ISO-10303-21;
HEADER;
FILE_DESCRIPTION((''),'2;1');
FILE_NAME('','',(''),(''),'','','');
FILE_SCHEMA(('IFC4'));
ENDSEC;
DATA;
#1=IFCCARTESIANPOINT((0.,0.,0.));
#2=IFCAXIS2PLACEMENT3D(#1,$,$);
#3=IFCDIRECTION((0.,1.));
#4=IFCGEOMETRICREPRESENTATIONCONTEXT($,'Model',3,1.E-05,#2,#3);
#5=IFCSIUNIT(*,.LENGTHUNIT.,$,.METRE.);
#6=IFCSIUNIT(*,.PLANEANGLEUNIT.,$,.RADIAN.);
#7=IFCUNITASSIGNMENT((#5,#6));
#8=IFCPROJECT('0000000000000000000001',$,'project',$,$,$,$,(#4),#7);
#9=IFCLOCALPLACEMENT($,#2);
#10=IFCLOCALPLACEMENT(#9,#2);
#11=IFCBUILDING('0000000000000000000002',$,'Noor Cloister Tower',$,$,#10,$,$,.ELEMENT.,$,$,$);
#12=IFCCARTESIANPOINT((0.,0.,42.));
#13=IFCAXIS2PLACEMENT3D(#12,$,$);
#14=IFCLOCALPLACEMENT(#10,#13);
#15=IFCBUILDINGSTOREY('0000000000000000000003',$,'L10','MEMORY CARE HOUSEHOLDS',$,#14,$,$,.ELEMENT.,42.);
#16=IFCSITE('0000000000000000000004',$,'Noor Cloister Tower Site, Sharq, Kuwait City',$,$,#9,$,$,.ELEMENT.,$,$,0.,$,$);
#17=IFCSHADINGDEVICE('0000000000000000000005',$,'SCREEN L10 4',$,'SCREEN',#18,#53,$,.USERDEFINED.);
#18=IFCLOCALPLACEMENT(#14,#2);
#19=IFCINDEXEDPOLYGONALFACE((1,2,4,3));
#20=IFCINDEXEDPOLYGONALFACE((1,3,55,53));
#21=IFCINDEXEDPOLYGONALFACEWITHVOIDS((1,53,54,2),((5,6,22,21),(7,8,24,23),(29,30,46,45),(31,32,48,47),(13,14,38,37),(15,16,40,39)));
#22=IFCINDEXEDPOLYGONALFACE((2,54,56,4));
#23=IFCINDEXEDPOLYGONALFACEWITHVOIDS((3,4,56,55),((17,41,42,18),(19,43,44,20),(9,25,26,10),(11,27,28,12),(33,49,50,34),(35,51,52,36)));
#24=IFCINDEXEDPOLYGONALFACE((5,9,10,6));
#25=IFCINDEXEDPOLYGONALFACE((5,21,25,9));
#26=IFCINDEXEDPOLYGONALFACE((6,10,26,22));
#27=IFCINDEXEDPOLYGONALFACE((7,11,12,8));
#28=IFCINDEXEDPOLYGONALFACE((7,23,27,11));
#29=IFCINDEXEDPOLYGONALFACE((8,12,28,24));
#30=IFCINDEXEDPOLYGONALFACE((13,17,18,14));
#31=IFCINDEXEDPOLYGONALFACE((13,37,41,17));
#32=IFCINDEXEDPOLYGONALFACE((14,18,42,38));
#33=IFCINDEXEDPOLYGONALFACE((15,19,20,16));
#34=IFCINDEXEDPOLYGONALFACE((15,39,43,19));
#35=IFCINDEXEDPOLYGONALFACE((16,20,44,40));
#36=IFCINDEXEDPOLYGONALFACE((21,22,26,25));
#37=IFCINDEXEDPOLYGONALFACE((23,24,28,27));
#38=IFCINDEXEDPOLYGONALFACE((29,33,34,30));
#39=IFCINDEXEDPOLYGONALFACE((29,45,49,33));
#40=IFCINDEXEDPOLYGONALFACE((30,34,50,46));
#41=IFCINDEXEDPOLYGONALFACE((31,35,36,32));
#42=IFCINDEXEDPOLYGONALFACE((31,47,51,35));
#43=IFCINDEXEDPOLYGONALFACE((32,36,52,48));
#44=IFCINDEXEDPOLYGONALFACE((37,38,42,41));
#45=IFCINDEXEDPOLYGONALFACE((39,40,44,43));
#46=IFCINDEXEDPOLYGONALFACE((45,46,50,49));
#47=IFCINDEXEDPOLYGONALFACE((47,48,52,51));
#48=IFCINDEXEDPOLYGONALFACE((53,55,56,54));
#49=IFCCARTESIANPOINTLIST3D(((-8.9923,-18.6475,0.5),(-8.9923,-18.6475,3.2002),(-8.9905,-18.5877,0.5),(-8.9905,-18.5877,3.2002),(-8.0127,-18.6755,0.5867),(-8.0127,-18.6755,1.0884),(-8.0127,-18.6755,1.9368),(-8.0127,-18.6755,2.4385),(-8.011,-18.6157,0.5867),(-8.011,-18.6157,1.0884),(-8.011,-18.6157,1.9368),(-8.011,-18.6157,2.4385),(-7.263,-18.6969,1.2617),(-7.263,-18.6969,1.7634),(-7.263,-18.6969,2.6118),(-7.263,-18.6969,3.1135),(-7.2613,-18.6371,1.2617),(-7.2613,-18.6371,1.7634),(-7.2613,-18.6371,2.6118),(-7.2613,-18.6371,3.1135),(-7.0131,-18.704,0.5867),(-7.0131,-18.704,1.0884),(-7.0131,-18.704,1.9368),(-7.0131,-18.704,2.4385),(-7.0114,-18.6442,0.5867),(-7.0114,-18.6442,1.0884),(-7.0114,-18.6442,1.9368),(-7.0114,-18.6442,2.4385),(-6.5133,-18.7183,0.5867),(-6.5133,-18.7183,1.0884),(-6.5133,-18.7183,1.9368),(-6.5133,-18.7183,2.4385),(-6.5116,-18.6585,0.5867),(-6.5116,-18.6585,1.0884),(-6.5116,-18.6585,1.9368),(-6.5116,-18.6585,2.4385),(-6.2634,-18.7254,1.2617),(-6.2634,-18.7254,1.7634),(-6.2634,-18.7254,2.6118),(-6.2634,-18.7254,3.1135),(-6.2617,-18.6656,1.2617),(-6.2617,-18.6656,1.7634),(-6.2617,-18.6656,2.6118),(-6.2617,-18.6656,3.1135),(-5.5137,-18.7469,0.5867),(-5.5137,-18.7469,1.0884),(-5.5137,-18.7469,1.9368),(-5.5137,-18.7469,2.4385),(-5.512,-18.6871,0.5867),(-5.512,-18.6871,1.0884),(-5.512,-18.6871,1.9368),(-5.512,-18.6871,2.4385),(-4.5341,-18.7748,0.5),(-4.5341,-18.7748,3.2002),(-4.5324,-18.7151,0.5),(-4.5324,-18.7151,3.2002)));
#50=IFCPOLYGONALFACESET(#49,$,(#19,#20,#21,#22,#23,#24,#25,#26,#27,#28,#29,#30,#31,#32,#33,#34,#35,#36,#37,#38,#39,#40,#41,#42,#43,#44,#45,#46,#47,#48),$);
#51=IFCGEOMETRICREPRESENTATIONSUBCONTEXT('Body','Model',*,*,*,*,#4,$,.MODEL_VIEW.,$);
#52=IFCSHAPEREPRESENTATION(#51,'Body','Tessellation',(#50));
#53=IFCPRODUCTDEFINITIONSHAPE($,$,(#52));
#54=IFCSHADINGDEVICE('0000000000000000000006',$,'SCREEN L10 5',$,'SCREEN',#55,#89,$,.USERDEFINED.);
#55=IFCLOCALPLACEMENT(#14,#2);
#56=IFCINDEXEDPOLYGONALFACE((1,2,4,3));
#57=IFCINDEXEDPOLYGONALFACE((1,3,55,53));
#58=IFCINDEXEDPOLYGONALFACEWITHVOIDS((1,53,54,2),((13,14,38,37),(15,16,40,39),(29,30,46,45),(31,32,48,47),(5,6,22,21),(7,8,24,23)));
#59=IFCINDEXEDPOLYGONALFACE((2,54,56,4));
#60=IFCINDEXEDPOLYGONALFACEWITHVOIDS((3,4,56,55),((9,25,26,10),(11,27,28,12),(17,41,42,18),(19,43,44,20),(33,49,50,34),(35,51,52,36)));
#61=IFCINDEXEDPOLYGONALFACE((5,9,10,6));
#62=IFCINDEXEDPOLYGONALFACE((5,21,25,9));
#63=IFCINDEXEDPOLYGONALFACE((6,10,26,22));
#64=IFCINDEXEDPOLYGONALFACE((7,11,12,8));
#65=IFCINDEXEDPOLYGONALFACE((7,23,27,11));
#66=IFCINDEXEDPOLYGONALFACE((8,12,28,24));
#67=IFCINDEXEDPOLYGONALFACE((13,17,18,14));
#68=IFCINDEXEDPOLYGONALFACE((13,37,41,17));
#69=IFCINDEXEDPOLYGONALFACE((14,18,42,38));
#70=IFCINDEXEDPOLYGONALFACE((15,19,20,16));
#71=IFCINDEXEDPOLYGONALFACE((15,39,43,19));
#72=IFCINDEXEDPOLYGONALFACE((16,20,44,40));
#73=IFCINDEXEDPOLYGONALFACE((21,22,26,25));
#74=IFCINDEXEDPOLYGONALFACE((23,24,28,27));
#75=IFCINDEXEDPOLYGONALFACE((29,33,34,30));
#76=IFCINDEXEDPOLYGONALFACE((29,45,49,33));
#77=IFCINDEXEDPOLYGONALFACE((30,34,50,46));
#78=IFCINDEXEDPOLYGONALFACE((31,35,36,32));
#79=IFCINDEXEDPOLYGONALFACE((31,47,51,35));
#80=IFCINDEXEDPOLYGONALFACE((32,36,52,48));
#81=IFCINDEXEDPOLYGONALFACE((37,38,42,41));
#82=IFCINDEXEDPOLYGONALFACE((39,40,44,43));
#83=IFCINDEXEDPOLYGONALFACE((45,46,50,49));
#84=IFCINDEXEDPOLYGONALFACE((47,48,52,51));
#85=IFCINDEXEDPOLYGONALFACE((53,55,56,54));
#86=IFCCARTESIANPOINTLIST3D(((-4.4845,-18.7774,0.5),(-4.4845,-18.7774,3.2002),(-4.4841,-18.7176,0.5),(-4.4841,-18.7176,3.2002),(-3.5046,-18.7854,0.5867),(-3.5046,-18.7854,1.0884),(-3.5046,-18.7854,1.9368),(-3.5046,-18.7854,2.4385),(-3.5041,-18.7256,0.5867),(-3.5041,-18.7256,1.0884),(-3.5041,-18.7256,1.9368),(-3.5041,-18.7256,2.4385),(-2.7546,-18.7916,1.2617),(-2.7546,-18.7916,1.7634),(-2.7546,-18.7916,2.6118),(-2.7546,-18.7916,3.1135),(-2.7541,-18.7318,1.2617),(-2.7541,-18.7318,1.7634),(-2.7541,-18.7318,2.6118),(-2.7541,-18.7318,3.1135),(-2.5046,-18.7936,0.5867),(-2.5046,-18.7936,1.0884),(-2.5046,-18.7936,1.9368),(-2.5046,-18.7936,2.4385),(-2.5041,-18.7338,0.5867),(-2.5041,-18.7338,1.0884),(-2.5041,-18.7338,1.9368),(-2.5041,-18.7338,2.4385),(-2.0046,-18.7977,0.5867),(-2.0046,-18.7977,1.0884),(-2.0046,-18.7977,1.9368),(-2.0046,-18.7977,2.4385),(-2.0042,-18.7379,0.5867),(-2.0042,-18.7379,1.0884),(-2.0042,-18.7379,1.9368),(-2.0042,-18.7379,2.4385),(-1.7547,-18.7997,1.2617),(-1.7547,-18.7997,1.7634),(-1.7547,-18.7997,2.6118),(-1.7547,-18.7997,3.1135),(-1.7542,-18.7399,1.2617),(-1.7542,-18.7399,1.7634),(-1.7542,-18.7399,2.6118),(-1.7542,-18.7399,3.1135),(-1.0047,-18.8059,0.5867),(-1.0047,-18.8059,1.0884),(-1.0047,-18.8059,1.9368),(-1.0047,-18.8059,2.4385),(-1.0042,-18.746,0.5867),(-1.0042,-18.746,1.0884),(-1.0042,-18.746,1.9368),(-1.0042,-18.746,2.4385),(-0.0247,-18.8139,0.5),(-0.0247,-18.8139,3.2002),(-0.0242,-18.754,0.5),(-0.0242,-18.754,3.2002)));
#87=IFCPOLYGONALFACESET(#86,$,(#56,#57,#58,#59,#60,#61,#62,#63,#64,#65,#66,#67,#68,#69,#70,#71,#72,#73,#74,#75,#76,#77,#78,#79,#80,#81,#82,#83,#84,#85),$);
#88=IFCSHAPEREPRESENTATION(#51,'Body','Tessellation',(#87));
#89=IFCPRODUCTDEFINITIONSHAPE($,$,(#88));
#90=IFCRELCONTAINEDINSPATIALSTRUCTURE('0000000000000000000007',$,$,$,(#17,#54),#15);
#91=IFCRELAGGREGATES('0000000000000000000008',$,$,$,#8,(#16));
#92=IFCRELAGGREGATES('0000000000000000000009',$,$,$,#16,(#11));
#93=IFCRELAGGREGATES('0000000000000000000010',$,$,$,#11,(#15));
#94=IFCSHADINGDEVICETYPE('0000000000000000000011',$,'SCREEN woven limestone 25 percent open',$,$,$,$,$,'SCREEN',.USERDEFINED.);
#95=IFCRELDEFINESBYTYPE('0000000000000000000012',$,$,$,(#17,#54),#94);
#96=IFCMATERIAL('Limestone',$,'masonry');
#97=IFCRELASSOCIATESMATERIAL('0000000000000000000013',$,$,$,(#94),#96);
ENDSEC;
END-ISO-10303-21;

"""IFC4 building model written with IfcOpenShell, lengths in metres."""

from ifc_helpers import new_model, si_unit, direction, frame, origin, place, context, subcontext, project, spatial, polyline, outline, extrude, material, material_profile, profile_set, type_object, element, save


model = new_model("IFC4")

# Units and contexts
model_context = context("Model", 3, precision=1e-05, world=origin(), true_north=direction((0.0, 1.0)))
body_context = subcontext(model_context, "Body", "Model", "MODEL_VIEW")
ifc_project = project(units=[si_unit("LENGTHUNIT", "METRE"), si_unit("PLANEANGLEUNIT", "RADIAN")], contexts=[model_context])

# Site, building, storey
site_placement = place(None, origin())
site = spatial("IfcSite", under=ifc_project, at=site_placement, Name="Noor Cloister Tower Site, Sharq, Kuwait City", CompositionType="ELEMENT", RefElevation=0.0)
building_placement = place(site_placement, origin())
building = spatial("IfcBuilding", under=site, at=building_placement, Name="Noor Cloister Tower", CompositionType="ELEMENT")
storey_placement = place(building_placement, frame((0.0, 0.0, 42.0)))
storey = spatial("IfcBuildingStorey", under=building, at=storey_placement, Name="L10", Description="MEMORY CARE HOUSEHOLDS", CompositionType="ELEMENT", Elevation=42.0)

# Shading devices
ifc_material_1 = material(Name="Limestone", Category="masonry")
ifc_material_profile_1 = material_profile(ifc_material_1, outline(polyline([(-2.23, -1.3501), (2.23, -1.3501), (2.23, 1.3501), (-2.23, 1.3501), (-2.23, -1.3501)]), holes=[polyline([(-1.25, -1.2634), (-0.25, -1.2634), (-0.25, -0.7617), (-1.25, -0.7617), (-1.25, -1.2634)]), polyline([(0.25, -1.2634), (1.25, -1.2634), (1.25, -0.7617), (0.25, -0.7617), (0.25, -1.2634)]), polyline([(-0.5, -0.5884), (0.5, -0.5884), (0.5, -0.0867), (-0.5, -0.0867), (-0.5, -0.5884)]), polyline([(-1.25, 0.0867), (-0.25, 0.0867), (-0.25, 0.5884), (-1.25, 0.5884), (-1.25, 0.0867)]), polyline([(0.25, 0.0867), (1.25, 0.0867), (1.25, 0.5884), (0.25, 0.5884), (0.25, 0.0867)]), polyline([(-0.5, 0.7617), (0.5, 0.7617), (0.5, 1.2634), (-0.5, 1.2634), (-0.5, 0.7617)])]), Name="Woven screen 25 percent open")
ifc_profile_set_1 = profile_set([ifc_material_profile_1], Name="Limestone")
shading_device_type = type_object("IfcShadingDeviceType", Name="SCREEN woven limestone 25 percent open", ElementType="SCREEN", PredefinedType="USERDEFINED", material=ifc_profile_set_1)
for number, where, z_axis, x_axis, name in (
    (1, (-6.7615, -18.6514, 1.8501), (-0.02856, -0.999592, 0.0), (0.999592, -0.02856, 0.0), "SCREEN L10 4"),
    (2, (-2.2542, -18.7358, 1.8501), (-0.008163, -0.999967, 0.0), (0.999967, -0.008163, 0.0), "SCREEN L10 5"),
):
    element("IfcShadingDevice", number, at=place(storey_placement, frame(where, z_axis=z_axis, x_axis=x_axis)), inside=storey, type_object=shading_device_type, Name=name, ObjectType="SCREEN", PredefinedType="USERDEFINED", context=body_context, shape_type="SweptSolid", body=[
        extrude(outline(polyline([(-2.23, -1.3501), (2.23, -1.3501), (2.23, 1.3501), (-2.23, 1.3501), (-2.23, -1.3501)]), holes=[polyline([(-1.25, -1.2634), (-0.25, -1.2634), (-0.25, -0.7617), (-1.25, -0.7617), (-1.25, -1.2634)]), polyline([(0.25, -1.2634), (1.25, -1.2634), (1.25, -0.7617), (0.25, -0.7617), (0.25, -1.2634)]), polyline([(-0.5, -0.5884), (0.5, -0.5884), (0.5, -0.0867), (-0.5, -0.0867), (-0.5, -0.5884)]), polyline([(-1.25, 0.0867), (-0.25, 0.0867), (-0.25, 0.5884), (-1.25, 0.5884), (-1.25, 0.0867)]), polyline([(0.25, 0.0867), (1.25, 0.0867), (1.25, 0.5884), (0.25, 0.5884), (0.25, 0.0867)]), polyline([(-0.5, 0.7617), (0.5, 0.7617), (0.5, 1.2634), (-0.5, 1.2634), (-0.5, 0.7617)])]), origin(), (0.0, 0.0, 1.0), 0.0598),
    ])

save(model, "model.ifc")
